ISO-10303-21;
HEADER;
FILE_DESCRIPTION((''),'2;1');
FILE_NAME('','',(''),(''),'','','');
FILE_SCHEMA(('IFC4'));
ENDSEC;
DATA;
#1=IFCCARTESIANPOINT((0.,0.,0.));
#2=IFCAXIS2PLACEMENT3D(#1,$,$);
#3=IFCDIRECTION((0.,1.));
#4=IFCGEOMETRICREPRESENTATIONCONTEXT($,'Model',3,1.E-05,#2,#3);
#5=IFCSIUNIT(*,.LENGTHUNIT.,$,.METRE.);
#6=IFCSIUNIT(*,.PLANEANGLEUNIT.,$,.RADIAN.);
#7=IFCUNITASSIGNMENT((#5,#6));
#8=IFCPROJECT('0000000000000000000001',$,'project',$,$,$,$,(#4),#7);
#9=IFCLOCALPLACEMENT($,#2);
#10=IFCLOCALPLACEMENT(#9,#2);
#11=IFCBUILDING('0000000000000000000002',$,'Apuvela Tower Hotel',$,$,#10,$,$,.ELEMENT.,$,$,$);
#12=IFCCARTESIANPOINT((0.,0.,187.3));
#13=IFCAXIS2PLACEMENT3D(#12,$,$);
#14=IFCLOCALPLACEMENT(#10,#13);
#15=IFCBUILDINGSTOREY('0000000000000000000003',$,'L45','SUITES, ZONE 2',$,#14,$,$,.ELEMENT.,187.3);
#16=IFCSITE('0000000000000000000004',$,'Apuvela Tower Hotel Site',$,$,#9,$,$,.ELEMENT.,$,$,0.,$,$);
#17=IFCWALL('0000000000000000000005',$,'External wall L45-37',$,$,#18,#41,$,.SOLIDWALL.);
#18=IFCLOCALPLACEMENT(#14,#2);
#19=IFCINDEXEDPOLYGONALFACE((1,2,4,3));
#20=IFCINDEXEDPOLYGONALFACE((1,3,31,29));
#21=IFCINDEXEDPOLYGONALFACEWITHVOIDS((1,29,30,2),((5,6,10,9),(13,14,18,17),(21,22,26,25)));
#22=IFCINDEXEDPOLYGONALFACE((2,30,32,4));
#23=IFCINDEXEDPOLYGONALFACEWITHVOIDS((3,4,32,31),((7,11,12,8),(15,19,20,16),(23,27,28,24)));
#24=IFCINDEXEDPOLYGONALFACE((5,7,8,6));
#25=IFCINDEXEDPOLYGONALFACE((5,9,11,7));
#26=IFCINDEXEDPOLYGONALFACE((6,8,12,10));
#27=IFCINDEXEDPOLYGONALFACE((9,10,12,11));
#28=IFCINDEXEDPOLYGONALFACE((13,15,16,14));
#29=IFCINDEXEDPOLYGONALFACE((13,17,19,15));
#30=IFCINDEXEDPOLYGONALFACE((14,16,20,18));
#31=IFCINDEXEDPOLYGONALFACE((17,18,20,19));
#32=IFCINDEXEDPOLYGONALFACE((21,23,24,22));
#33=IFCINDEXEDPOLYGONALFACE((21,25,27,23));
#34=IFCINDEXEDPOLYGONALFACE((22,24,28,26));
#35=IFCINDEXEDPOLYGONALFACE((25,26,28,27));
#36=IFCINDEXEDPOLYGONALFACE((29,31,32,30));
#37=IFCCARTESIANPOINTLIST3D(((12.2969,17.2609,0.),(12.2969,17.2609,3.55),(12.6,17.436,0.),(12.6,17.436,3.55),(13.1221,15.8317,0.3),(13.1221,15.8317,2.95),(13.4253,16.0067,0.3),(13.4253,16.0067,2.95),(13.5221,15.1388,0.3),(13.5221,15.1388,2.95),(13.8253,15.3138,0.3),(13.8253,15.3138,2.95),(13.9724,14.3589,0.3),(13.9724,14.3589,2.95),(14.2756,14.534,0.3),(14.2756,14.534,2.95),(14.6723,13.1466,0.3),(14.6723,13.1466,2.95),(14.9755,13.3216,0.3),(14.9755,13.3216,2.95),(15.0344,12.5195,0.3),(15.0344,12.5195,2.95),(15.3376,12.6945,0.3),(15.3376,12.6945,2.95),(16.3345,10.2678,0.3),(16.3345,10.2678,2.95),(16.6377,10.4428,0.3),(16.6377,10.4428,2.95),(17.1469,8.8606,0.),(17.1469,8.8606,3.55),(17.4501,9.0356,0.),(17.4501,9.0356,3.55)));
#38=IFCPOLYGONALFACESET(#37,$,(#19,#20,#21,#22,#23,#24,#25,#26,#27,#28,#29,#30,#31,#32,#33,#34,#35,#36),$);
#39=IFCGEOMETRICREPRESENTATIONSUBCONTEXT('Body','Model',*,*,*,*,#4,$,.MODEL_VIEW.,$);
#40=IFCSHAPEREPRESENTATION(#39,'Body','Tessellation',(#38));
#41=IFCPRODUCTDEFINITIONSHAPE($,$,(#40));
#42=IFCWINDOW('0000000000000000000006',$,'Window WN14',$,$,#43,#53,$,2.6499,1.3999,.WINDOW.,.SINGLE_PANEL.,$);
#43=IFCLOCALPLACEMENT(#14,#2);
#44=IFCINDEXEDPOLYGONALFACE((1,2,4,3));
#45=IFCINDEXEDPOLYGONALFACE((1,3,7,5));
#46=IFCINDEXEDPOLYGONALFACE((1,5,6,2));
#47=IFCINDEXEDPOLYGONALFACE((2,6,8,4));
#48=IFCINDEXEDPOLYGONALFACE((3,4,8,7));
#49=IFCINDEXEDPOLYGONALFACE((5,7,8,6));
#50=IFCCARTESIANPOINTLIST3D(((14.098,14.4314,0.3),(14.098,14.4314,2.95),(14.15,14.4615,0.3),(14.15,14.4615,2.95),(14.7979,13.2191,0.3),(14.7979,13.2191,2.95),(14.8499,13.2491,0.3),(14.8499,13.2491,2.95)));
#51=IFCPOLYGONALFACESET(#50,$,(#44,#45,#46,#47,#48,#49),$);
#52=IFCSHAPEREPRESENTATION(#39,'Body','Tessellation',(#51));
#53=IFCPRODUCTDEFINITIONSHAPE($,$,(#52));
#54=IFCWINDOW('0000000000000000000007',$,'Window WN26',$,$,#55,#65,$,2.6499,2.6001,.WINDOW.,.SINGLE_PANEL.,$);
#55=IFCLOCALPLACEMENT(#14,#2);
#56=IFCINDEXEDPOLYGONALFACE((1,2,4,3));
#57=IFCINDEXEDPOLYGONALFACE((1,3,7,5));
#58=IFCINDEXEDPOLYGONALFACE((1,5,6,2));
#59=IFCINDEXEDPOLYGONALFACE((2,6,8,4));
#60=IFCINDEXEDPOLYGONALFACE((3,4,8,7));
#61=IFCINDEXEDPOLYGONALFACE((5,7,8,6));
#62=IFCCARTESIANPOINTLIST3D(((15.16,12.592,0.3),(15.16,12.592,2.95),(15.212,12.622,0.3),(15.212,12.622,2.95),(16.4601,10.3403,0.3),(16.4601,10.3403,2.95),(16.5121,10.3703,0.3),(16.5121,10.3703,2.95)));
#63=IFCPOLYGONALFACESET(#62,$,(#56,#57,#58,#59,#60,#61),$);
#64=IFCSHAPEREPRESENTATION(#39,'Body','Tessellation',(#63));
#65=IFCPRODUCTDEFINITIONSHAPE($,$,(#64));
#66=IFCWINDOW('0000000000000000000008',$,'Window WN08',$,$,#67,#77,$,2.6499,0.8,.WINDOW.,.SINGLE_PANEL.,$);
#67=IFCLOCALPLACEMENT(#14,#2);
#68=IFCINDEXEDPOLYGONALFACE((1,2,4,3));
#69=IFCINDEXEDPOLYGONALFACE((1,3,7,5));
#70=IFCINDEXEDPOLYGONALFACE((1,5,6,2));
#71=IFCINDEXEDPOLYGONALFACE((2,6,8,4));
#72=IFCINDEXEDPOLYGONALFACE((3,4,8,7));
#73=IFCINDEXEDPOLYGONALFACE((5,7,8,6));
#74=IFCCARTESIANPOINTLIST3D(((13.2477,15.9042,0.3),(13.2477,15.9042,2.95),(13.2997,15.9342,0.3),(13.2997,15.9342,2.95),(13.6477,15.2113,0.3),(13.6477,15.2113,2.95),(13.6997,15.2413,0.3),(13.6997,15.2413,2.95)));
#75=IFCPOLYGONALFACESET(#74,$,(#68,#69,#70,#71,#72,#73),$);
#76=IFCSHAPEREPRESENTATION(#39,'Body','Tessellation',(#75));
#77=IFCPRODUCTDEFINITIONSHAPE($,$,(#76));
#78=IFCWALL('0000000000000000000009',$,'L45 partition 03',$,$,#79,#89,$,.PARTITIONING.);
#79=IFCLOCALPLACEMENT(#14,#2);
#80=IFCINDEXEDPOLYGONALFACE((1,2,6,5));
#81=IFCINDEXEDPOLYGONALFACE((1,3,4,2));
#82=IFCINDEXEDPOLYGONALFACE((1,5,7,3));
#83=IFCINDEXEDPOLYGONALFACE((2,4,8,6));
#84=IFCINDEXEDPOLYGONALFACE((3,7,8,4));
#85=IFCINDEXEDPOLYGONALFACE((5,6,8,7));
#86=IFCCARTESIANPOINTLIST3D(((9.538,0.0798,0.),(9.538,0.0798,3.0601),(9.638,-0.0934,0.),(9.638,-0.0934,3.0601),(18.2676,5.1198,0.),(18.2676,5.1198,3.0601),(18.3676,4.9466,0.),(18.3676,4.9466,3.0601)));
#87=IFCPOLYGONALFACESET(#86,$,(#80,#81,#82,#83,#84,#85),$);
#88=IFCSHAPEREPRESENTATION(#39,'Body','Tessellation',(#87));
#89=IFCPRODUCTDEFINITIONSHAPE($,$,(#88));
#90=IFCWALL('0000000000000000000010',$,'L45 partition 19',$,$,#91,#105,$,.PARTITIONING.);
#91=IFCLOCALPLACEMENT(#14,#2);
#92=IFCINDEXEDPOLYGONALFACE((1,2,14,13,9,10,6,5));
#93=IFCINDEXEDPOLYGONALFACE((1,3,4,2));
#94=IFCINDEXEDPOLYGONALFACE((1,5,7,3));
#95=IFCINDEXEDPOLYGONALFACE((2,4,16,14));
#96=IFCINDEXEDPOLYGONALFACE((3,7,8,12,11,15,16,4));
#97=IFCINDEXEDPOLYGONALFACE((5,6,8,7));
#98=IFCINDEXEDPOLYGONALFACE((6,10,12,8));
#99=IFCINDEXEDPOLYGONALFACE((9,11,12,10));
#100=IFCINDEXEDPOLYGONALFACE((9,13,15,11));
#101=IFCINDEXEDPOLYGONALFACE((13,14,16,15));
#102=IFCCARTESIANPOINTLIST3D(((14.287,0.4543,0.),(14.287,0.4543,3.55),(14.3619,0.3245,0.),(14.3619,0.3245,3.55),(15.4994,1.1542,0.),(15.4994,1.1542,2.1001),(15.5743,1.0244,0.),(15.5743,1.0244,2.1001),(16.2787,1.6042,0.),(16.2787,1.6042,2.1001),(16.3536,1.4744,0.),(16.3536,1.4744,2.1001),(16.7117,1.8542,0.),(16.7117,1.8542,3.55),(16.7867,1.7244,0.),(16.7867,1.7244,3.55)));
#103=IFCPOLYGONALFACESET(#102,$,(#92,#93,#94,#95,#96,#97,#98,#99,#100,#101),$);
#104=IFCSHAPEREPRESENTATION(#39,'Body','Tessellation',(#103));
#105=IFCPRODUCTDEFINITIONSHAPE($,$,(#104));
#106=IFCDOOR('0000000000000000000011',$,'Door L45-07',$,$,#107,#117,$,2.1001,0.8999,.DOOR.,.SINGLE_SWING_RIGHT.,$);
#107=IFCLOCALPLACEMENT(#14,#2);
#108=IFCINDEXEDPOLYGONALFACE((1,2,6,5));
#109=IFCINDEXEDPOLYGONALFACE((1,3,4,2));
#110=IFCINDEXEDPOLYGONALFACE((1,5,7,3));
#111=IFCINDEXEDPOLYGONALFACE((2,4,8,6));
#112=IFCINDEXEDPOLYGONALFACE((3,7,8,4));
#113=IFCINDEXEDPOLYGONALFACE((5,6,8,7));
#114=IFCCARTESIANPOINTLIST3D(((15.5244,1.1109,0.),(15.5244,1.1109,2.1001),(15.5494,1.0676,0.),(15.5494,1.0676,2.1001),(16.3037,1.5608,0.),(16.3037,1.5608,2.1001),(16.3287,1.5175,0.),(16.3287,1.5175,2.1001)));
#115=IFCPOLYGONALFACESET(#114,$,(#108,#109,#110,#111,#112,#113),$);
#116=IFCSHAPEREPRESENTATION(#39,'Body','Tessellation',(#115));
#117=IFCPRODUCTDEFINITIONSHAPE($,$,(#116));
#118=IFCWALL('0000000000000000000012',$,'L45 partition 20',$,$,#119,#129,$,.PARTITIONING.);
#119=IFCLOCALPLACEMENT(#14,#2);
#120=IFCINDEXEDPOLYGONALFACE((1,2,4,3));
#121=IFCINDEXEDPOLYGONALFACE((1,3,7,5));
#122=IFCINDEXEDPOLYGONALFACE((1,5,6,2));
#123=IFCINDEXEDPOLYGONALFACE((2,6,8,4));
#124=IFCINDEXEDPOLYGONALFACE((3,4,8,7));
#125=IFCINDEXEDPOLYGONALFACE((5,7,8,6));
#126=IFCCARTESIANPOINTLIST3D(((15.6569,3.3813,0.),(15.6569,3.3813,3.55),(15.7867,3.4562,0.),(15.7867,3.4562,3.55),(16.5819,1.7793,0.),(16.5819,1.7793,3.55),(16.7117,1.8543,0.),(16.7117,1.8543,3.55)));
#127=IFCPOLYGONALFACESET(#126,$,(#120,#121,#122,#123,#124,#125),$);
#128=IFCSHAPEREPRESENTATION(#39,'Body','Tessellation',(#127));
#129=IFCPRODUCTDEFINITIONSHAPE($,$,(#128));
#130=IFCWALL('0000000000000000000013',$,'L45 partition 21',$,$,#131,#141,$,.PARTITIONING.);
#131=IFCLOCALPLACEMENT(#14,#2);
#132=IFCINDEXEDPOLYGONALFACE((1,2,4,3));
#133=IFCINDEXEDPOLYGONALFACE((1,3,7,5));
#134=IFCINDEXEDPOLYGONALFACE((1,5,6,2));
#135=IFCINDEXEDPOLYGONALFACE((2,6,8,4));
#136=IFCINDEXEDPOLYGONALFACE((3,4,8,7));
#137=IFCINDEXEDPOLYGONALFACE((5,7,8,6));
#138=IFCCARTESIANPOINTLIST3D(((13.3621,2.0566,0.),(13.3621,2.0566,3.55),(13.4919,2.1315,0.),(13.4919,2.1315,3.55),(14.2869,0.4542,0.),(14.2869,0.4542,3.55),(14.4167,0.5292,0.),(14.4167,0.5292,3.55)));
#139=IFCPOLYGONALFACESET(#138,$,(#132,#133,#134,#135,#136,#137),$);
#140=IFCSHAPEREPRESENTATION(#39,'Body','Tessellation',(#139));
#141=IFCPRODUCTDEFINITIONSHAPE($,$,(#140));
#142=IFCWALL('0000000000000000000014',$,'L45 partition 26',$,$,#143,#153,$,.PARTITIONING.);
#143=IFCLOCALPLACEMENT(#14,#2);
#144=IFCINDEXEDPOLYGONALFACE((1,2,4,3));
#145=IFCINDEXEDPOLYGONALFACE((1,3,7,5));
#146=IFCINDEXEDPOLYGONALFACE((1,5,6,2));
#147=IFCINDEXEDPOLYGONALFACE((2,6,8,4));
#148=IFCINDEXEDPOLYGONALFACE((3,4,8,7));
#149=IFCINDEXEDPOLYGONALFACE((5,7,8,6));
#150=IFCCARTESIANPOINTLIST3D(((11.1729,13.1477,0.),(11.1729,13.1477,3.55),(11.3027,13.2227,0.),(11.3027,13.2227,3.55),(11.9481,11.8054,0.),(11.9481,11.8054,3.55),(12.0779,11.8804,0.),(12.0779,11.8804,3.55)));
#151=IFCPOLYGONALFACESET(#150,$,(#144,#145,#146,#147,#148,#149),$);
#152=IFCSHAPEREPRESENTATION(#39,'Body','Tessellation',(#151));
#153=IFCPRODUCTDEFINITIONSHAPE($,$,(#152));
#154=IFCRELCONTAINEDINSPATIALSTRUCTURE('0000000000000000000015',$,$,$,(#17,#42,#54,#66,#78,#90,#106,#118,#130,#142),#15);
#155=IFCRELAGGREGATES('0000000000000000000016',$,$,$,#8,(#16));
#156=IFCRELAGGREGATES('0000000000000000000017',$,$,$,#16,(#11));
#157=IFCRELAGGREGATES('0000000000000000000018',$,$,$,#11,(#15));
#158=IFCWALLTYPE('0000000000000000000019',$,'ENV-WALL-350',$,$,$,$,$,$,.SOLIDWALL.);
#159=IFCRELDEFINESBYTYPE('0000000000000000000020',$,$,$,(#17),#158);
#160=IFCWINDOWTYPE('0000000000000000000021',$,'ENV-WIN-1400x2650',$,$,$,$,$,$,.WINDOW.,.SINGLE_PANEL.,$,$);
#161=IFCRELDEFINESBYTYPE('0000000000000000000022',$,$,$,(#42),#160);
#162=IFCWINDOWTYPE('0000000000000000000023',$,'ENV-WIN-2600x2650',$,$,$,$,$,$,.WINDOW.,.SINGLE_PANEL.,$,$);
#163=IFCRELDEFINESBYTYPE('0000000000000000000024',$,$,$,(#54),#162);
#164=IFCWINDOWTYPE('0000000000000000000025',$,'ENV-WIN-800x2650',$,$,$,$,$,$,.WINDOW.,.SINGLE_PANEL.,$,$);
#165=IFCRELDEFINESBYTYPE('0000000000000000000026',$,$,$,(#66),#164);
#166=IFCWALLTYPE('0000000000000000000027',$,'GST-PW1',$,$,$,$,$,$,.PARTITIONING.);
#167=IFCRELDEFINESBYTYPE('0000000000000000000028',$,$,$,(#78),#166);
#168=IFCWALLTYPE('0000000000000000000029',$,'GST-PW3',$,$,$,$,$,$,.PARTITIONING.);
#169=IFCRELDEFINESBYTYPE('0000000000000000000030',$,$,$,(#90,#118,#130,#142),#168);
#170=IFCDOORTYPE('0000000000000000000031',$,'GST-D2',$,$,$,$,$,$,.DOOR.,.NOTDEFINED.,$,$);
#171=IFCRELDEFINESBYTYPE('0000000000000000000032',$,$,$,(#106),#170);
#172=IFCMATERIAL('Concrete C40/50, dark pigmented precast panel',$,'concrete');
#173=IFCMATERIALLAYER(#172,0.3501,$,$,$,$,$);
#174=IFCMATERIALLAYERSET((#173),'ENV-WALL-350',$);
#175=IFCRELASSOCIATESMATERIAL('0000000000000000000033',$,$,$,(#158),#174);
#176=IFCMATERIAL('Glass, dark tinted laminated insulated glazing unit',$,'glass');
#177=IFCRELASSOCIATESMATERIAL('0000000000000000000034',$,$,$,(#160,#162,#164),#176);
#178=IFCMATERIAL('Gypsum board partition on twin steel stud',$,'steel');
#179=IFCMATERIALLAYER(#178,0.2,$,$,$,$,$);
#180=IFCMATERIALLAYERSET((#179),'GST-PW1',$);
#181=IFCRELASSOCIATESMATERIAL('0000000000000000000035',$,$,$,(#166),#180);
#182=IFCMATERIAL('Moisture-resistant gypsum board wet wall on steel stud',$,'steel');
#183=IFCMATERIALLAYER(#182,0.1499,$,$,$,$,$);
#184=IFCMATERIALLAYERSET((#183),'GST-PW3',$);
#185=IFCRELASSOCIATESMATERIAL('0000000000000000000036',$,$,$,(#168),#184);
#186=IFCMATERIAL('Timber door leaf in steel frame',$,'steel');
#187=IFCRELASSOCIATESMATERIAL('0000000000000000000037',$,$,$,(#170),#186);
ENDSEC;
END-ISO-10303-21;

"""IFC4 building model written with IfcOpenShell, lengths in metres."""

from ifc_helpers import new_model, si_unit, direction, frame, frame_2d, origin, place, context, subcontext, project, spatial, rectangle, extrude, material, layer, layer_set, type_object, element, fill, save


model = new_model("IFC4")

# Units and contexts
model_context = context("Model", 3, precision=1e-05, world=origin(), true_north=direction((0.0, 1.0)))
body_context = subcontext(model_context, "Body", "Model", "MODEL_VIEW")
ifc_project = project(units=[si_unit("LENGTHUNIT", "METRE"), si_unit("PLANEANGLEUNIT", "RADIAN")], contexts=[model_context])

# Site, building, storey
site_placement = place(None, origin())
site = spatial("IfcSite", under=ifc_project, at=site_placement, Name="Apuvela Tower Hotel Site", CompositionType="ELEMENT", RefElevation=0.0)
building_placement = place(site_placement, origin())
building = spatial("IfcBuilding", under=site, at=building_placement, Name="Apuvela Tower Hotel", CompositionType="ELEMENT")
storey_placement = place(building_placement, frame((0.0, 0.0, 187.3)))
storey = spatial("IfcBuildingStorey", under=building, at=storey_placement, Name="L45", Description="SUITES, ZONE 2", CompositionType="ELEMENT", Elevation=187.3)

# Shared definitions
ifc_material_1 = material(Name="Concrete C40/50, dark pigmented precast panel", Category="concrete")
ifc_layer_1 = layer(ifc_material_1, 0.3501)
ifc_layer_set_1 = layer_set([ifc_layer_1], Name="ENV-WALL-350")
wall_type_1 = type_object("IfcWallType", Name="ENV-WALL-350", PredefinedType="SOLIDWALL", material=ifc_layer_set_1)

# Shared definitions
ifc_material_2 = material(Name="Glass, dark tinted laminated insulated glazing unit", Category="glass")

# Wall, openings, windows
wall_1_placement = place(storey_placement, frame((17.2986, 8.948, 0.0), z_axis=(0.0, 0.0, 1.0), x_axis=(-0.50001, 0.86602, 0.0)))
wall_1 = element("IfcWall", 1, at=wall_1_placement, inside=storey, type_object=wall_type_1, Name="External wall L45-37", PredefinedType="SOLIDWALL", context=body_context, shape_type="SweptSolid", body=[
    extrude(rectangle(XDim=9.7, YDim=0.3501, at=frame_2d((4.8501, 0.0))), origin(), (0.0, 0.0, 1.0), 3.55),
])
opening_1_placement = place(wall_1_placement, frame((1.625, 0.0, 0.3)))
opening_1 = element("IfcOpeningElement", 2, at=opening_1_placement, cuts=wall_1, PredefinedType="OPENING", context=body_context, shape_type="SweptSolid", body=[
    extrude(rectangle(XDim=2.6001, YDim=2.6499, at=frame_2d((1.3, 1.325))), frame((0.0, 0.1851, 0.0), z_axis=(0.0, -1.0, 0.0), x_axis=(1.0, 0.0, 0.0)), (0.0, 0.0, 1.0), 0.3701),
])
opening_2_placement = place(wall_1_placement, frame((4.9492, 0.0, 0.3)))
opening_2 = element("IfcOpeningElement", 3, at=opening_2_placement, cuts=wall_1, PredefinedType="OPENING", context=body_context, shape_type="SweptSolid", body=[
    extrude(rectangle(XDim=1.3999, YDim=2.6499, at=frame_2d((0.7, 1.325))), frame((0.0, 0.1851, 0.0), z_axis=(0.0, -1.0, 0.0), x_axis=(1.0, 0.0, 0.0)), (0.0, 0.0, 1.0), 0.3701),
])
opening_3_placement = place(wall_1_placement, frame((7.2498, 0.0, 0.3)))
opening_3 = element("IfcOpeningElement", 4, at=opening_3_placement, cuts=wall_1, PredefinedType="OPENING", context=body_context, shape_type="SweptSolid", body=[
    extrude(rectangle(XDim=0.8, YDim=2.6499, at=frame_2d((0.3999, 1.325))), frame((0.0, 0.1851, 0.0), z_axis=(0.0, -1.0, 0.0), x_axis=(1.0, 0.0, 0.0)), (0.0, 0.0, 1.0), 0.3701),
])
window_type_1 = type_object("IfcWindowType", Name="ENV-WIN-1400x2650", PartitioningType="SINGLE_PANEL", PredefinedType="WINDOW", material=ifc_material_2)
window_1_placement = place(opening_2_placement, origin())
window_1 = element("IfcWindow", 5, at=window_1_placement, inside=storey, type_object=window_type_1, Name="Window WN14", OverallHeight=2.6499, OverallWidth=1.3999, PartitioningType="SINGLE_PANEL", PredefinedType="WINDOW", context=body_context, shape_type="SweptSolid", body=[
    extrude(rectangle(XDim=1.3999, YDim=2.6499, at=frame_2d((0.7, 1.325))), frame((0.0, 0.03, 0.0), z_axis=(0.0, -1.0, 0.0), x_axis=(1.0, 0.0, 0.0)), (0.0, 0.0, 1.0), 0.0601),
])
fill(opening_2, window_1)
window_type_2 = type_object("IfcWindowType", Name="ENV-WIN-2600x2650", PartitioningType="SINGLE_PANEL", PredefinedType="WINDOW", material=ifc_material_2)
window_2_placement = place(opening_1_placement, origin())
window_2 = element("IfcWindow", 6, at=window_2_placement, inside=storey, type_object=window_type_2, Name="Window WN26", OverallHeight=2.6499, OverallWidth=2.6001, PartitioningType="SINGLE_PANEL", PredefinedType="WINDOW", context=body_context, shape_type="SweptSolid", body=[
    extrude(rectangle(XDim=2.6001, YDim=2.6499, at=frame_2d((1.3, 1.325))), frame((0.0, 0.03, 0.0), z_axis=(0.0, -1.0, 0.0), x_axis=(1.0, 0.0, 0.0)), (0.0, 0.0, 1.0), 0.0601),
])
fill(opening_1, window_2)
window_type_3 = type_object("IfcWindowType", Name="ENV-WIN-800x2650", PartitioningType="SINGLE_PANEL", PredefinedType="WINDOW", material=ifc_material_2)
window_3_placement = place(opening_3_placement, origin())
window_3 = element("IfcWindow", 7, at=window_3_placement, inside=storey, type_object=window_type_3, Name="Window WN08", OverallHeight=2.6499, OverallWidth=0.8, PartitioningType="SINGLE_PANEL", PredefinedType="WINDOW", context=body_context, shape_type="SweptSolid", body=[
    extrude(rectangle(XDim=0.8, YDim=2.6499, at=frame_2d((0.3999, 1.325))), frame((0.0, 0.03, 0.0), z_axis=(0.0, -1.0, 0.0), x_axis=(1.0, 0.0, 0.0)), (0.0, 0.0, 1.0), 0.0601),
])
fill(opening_3, window_3)

# Wall
ifc_material_3 = material(Name="Gypsum board partition on twin steel stud", Category="steel")
ifc_layer_2 = layer(ifc_material_3, 0.2)
ifc_layer_set_2 = layer_set([ifc_layer_2], Name="GST-PW1")
wall_type_2 = type_object("IfcWallType", Name="GST-PW1", PredefinedType="PARTITIONING", material=ifc_layer_set_2)
wall_2_placement = place(storey_placement, frame((18.3176, 5.0332, 0.0), z_axis=(0.0, 0.0, 1.0), x_axis=(-0.866029, -0.499994, 0.0)))
element("IfcWall", 8, at=wall_2_placement, inside=storey, type_object=wall_type_2, Name="L45 partition 03", PredefinedType="PARTITIONING", context=body_context, shape_type="SweptSolid", body=[
    extrude(rectangle(XDim=10.0801, YDim=0.2, at=frame_2d((5.04, 0.0))), origin(), (0.0, 0.0, 1.0), 3.0601),
])

# Wall, opening, door
ifc_material_4 = material(Name="Moisture-resistant gypsum board wet wall on steel stud", Category="steel")
ifc_layer_3 = layer(ifc_material_4, 0.1499)
ifc_layer_set_3 = layer_set([ifc_layer_3], Name="GST-PW3")
wall_type_3 = type_object("IfcWallType", Name="GST-PW3", PredefinedType="PARTITIONING", material=ifc_layer_set_3)
wall_3_placement = place(storey_placement, frame((14.3245, 0.3894, 0.0), z_axis=(0.0, 0.0, 1.0), x_axis=(0.866035, 0.499984, 0.0)))
wall_3 = element("IfcWall", 9, at=wall_3_placement, inside=storey, type_object=wall_type_3, Name="L45 partition 19", PredefinedType="PARTITIONING", context=body_context, shape_type="SweptSolid", body=[
    extrude(rectangle(XDim=2.7998, YDim=0.1499, at=frame_2d((1.3999, 0.0))), origin(), (0.0, 0.0, 1.0), 3.55),
])
opening_4_placement = place(wall_3_placement, frame((1.3999, 0.0, 0.0)))
opening_4 = element("IfcOpeningElement", 10, at=opening_4_placement, cuts=wall_3, PredefinedType="OPENING", context=body_context, shape_type="SweptSolid", body=[
    extrude(rectangle(XDim=0.8999, YDim=2.1001, at=frame_2d((0.45, 1.05))), frame((0.0, 0.085, 0.0), z_axis=(0.0, -1.0, 0.0), x_axis=(1.0, 0.0, 0.0)), (0.0, 0.0, 1.0), 0.1699),
])
ifc_material_5 = material(Name="Timber door leaf in steel frame", Category="steel")
door_type_1 = type_object("IfcDoorType", Name="GST-D2", OperationType="NOTDEFINED", PredefinedType="DOOR", material=ifc_material_5)
door_1_placement = place(opening_4_placement, origin())
door_1 = element("IfcDoor", 11, at=door_1_placement, inside=storey, type_object=door_type_1, Name="Door L45-07", OperationType="SINGLE_SWING_RIGHT", OverallHeight=2.1001, OverallWidth=0.8999, PredefinedType="DOOR", context=body_context, shape_type="SweptSolid", body=[
    extrude(rectangle(XDim=0.8999, YDim=2.1001, at=frame_2d((0.45, 1.05))), frame((0.0, 0.0249, 0.0), z_axis=(0.0, -1.0, 0.0), x_axis=(1.0, 0.0, 0.0)), (0.0, 0.0, 1.0), 0.05),
])
fill(opening_4, door_1)

# Walls
wall_4_placement = place(storey_placement, frame((16.6467, 1.8169, 0.0), z_axis=(0.0, 0.0, 1.0), x_axis=(-0.500042, 0.866001, 0.0)))
element("IfcWall", 12, at=wall_4_placement, inside=storey, type_object=wall_type_3, Name="L45 partition 20", PredefinedType="PARTITIONING", context=body_context, shape_type="SweptSolid", body=[
    extrude(rectangle(XDim=1.8499, YDim=0.1499, at=frame_2d((0.9248, 0.0))), origin(), (0.0, 0.0, 1.0), 3.55),
])
wall_5_placement = place(storey_placement, frame((14.3518, 0.4917, 0.0), z_axis=(0.0, 0.0, 1.0), x_axis=(-0.499886, 0.866091, 0.0)))
element("IfcWall", 13, at=wall_5_placement, inside=storey, type_object=wall_type_3, Name="L45 partition 21", PredefinedType="PARTITIONING", context=body_context, shape_type="SweptSolid", body=[
    extrude(rectangle(XDim=1.8501, YDim=0.1499, at=frame_2d((0.925, 0.0))), origin(), (0.0, 0.0, 1.0), 3.55),
])
wall_6_placement = place(storey_placement, frame((12.0129, 11.843, 0.0), z_axis=(0.0, 0.0, 1.0), x_axis=(-0.500086, 0.865976, 0.0)))
element("IfcWall", 14, at=wall_6_placement, inside=storey, type_object=wall_type_3, Name="L45 partition 26", PredefinedType="PARTITIONING", context=body_context, shape_type="SweptSolid", body=[
    extrude(rectangle(XDim=1.55, YDim=0.1499, at=frame_2d((0.7749, 0.0))), origin(), (0.0, 0.0, 1.0), 3.55),
])

save(model, "model.ifc")
